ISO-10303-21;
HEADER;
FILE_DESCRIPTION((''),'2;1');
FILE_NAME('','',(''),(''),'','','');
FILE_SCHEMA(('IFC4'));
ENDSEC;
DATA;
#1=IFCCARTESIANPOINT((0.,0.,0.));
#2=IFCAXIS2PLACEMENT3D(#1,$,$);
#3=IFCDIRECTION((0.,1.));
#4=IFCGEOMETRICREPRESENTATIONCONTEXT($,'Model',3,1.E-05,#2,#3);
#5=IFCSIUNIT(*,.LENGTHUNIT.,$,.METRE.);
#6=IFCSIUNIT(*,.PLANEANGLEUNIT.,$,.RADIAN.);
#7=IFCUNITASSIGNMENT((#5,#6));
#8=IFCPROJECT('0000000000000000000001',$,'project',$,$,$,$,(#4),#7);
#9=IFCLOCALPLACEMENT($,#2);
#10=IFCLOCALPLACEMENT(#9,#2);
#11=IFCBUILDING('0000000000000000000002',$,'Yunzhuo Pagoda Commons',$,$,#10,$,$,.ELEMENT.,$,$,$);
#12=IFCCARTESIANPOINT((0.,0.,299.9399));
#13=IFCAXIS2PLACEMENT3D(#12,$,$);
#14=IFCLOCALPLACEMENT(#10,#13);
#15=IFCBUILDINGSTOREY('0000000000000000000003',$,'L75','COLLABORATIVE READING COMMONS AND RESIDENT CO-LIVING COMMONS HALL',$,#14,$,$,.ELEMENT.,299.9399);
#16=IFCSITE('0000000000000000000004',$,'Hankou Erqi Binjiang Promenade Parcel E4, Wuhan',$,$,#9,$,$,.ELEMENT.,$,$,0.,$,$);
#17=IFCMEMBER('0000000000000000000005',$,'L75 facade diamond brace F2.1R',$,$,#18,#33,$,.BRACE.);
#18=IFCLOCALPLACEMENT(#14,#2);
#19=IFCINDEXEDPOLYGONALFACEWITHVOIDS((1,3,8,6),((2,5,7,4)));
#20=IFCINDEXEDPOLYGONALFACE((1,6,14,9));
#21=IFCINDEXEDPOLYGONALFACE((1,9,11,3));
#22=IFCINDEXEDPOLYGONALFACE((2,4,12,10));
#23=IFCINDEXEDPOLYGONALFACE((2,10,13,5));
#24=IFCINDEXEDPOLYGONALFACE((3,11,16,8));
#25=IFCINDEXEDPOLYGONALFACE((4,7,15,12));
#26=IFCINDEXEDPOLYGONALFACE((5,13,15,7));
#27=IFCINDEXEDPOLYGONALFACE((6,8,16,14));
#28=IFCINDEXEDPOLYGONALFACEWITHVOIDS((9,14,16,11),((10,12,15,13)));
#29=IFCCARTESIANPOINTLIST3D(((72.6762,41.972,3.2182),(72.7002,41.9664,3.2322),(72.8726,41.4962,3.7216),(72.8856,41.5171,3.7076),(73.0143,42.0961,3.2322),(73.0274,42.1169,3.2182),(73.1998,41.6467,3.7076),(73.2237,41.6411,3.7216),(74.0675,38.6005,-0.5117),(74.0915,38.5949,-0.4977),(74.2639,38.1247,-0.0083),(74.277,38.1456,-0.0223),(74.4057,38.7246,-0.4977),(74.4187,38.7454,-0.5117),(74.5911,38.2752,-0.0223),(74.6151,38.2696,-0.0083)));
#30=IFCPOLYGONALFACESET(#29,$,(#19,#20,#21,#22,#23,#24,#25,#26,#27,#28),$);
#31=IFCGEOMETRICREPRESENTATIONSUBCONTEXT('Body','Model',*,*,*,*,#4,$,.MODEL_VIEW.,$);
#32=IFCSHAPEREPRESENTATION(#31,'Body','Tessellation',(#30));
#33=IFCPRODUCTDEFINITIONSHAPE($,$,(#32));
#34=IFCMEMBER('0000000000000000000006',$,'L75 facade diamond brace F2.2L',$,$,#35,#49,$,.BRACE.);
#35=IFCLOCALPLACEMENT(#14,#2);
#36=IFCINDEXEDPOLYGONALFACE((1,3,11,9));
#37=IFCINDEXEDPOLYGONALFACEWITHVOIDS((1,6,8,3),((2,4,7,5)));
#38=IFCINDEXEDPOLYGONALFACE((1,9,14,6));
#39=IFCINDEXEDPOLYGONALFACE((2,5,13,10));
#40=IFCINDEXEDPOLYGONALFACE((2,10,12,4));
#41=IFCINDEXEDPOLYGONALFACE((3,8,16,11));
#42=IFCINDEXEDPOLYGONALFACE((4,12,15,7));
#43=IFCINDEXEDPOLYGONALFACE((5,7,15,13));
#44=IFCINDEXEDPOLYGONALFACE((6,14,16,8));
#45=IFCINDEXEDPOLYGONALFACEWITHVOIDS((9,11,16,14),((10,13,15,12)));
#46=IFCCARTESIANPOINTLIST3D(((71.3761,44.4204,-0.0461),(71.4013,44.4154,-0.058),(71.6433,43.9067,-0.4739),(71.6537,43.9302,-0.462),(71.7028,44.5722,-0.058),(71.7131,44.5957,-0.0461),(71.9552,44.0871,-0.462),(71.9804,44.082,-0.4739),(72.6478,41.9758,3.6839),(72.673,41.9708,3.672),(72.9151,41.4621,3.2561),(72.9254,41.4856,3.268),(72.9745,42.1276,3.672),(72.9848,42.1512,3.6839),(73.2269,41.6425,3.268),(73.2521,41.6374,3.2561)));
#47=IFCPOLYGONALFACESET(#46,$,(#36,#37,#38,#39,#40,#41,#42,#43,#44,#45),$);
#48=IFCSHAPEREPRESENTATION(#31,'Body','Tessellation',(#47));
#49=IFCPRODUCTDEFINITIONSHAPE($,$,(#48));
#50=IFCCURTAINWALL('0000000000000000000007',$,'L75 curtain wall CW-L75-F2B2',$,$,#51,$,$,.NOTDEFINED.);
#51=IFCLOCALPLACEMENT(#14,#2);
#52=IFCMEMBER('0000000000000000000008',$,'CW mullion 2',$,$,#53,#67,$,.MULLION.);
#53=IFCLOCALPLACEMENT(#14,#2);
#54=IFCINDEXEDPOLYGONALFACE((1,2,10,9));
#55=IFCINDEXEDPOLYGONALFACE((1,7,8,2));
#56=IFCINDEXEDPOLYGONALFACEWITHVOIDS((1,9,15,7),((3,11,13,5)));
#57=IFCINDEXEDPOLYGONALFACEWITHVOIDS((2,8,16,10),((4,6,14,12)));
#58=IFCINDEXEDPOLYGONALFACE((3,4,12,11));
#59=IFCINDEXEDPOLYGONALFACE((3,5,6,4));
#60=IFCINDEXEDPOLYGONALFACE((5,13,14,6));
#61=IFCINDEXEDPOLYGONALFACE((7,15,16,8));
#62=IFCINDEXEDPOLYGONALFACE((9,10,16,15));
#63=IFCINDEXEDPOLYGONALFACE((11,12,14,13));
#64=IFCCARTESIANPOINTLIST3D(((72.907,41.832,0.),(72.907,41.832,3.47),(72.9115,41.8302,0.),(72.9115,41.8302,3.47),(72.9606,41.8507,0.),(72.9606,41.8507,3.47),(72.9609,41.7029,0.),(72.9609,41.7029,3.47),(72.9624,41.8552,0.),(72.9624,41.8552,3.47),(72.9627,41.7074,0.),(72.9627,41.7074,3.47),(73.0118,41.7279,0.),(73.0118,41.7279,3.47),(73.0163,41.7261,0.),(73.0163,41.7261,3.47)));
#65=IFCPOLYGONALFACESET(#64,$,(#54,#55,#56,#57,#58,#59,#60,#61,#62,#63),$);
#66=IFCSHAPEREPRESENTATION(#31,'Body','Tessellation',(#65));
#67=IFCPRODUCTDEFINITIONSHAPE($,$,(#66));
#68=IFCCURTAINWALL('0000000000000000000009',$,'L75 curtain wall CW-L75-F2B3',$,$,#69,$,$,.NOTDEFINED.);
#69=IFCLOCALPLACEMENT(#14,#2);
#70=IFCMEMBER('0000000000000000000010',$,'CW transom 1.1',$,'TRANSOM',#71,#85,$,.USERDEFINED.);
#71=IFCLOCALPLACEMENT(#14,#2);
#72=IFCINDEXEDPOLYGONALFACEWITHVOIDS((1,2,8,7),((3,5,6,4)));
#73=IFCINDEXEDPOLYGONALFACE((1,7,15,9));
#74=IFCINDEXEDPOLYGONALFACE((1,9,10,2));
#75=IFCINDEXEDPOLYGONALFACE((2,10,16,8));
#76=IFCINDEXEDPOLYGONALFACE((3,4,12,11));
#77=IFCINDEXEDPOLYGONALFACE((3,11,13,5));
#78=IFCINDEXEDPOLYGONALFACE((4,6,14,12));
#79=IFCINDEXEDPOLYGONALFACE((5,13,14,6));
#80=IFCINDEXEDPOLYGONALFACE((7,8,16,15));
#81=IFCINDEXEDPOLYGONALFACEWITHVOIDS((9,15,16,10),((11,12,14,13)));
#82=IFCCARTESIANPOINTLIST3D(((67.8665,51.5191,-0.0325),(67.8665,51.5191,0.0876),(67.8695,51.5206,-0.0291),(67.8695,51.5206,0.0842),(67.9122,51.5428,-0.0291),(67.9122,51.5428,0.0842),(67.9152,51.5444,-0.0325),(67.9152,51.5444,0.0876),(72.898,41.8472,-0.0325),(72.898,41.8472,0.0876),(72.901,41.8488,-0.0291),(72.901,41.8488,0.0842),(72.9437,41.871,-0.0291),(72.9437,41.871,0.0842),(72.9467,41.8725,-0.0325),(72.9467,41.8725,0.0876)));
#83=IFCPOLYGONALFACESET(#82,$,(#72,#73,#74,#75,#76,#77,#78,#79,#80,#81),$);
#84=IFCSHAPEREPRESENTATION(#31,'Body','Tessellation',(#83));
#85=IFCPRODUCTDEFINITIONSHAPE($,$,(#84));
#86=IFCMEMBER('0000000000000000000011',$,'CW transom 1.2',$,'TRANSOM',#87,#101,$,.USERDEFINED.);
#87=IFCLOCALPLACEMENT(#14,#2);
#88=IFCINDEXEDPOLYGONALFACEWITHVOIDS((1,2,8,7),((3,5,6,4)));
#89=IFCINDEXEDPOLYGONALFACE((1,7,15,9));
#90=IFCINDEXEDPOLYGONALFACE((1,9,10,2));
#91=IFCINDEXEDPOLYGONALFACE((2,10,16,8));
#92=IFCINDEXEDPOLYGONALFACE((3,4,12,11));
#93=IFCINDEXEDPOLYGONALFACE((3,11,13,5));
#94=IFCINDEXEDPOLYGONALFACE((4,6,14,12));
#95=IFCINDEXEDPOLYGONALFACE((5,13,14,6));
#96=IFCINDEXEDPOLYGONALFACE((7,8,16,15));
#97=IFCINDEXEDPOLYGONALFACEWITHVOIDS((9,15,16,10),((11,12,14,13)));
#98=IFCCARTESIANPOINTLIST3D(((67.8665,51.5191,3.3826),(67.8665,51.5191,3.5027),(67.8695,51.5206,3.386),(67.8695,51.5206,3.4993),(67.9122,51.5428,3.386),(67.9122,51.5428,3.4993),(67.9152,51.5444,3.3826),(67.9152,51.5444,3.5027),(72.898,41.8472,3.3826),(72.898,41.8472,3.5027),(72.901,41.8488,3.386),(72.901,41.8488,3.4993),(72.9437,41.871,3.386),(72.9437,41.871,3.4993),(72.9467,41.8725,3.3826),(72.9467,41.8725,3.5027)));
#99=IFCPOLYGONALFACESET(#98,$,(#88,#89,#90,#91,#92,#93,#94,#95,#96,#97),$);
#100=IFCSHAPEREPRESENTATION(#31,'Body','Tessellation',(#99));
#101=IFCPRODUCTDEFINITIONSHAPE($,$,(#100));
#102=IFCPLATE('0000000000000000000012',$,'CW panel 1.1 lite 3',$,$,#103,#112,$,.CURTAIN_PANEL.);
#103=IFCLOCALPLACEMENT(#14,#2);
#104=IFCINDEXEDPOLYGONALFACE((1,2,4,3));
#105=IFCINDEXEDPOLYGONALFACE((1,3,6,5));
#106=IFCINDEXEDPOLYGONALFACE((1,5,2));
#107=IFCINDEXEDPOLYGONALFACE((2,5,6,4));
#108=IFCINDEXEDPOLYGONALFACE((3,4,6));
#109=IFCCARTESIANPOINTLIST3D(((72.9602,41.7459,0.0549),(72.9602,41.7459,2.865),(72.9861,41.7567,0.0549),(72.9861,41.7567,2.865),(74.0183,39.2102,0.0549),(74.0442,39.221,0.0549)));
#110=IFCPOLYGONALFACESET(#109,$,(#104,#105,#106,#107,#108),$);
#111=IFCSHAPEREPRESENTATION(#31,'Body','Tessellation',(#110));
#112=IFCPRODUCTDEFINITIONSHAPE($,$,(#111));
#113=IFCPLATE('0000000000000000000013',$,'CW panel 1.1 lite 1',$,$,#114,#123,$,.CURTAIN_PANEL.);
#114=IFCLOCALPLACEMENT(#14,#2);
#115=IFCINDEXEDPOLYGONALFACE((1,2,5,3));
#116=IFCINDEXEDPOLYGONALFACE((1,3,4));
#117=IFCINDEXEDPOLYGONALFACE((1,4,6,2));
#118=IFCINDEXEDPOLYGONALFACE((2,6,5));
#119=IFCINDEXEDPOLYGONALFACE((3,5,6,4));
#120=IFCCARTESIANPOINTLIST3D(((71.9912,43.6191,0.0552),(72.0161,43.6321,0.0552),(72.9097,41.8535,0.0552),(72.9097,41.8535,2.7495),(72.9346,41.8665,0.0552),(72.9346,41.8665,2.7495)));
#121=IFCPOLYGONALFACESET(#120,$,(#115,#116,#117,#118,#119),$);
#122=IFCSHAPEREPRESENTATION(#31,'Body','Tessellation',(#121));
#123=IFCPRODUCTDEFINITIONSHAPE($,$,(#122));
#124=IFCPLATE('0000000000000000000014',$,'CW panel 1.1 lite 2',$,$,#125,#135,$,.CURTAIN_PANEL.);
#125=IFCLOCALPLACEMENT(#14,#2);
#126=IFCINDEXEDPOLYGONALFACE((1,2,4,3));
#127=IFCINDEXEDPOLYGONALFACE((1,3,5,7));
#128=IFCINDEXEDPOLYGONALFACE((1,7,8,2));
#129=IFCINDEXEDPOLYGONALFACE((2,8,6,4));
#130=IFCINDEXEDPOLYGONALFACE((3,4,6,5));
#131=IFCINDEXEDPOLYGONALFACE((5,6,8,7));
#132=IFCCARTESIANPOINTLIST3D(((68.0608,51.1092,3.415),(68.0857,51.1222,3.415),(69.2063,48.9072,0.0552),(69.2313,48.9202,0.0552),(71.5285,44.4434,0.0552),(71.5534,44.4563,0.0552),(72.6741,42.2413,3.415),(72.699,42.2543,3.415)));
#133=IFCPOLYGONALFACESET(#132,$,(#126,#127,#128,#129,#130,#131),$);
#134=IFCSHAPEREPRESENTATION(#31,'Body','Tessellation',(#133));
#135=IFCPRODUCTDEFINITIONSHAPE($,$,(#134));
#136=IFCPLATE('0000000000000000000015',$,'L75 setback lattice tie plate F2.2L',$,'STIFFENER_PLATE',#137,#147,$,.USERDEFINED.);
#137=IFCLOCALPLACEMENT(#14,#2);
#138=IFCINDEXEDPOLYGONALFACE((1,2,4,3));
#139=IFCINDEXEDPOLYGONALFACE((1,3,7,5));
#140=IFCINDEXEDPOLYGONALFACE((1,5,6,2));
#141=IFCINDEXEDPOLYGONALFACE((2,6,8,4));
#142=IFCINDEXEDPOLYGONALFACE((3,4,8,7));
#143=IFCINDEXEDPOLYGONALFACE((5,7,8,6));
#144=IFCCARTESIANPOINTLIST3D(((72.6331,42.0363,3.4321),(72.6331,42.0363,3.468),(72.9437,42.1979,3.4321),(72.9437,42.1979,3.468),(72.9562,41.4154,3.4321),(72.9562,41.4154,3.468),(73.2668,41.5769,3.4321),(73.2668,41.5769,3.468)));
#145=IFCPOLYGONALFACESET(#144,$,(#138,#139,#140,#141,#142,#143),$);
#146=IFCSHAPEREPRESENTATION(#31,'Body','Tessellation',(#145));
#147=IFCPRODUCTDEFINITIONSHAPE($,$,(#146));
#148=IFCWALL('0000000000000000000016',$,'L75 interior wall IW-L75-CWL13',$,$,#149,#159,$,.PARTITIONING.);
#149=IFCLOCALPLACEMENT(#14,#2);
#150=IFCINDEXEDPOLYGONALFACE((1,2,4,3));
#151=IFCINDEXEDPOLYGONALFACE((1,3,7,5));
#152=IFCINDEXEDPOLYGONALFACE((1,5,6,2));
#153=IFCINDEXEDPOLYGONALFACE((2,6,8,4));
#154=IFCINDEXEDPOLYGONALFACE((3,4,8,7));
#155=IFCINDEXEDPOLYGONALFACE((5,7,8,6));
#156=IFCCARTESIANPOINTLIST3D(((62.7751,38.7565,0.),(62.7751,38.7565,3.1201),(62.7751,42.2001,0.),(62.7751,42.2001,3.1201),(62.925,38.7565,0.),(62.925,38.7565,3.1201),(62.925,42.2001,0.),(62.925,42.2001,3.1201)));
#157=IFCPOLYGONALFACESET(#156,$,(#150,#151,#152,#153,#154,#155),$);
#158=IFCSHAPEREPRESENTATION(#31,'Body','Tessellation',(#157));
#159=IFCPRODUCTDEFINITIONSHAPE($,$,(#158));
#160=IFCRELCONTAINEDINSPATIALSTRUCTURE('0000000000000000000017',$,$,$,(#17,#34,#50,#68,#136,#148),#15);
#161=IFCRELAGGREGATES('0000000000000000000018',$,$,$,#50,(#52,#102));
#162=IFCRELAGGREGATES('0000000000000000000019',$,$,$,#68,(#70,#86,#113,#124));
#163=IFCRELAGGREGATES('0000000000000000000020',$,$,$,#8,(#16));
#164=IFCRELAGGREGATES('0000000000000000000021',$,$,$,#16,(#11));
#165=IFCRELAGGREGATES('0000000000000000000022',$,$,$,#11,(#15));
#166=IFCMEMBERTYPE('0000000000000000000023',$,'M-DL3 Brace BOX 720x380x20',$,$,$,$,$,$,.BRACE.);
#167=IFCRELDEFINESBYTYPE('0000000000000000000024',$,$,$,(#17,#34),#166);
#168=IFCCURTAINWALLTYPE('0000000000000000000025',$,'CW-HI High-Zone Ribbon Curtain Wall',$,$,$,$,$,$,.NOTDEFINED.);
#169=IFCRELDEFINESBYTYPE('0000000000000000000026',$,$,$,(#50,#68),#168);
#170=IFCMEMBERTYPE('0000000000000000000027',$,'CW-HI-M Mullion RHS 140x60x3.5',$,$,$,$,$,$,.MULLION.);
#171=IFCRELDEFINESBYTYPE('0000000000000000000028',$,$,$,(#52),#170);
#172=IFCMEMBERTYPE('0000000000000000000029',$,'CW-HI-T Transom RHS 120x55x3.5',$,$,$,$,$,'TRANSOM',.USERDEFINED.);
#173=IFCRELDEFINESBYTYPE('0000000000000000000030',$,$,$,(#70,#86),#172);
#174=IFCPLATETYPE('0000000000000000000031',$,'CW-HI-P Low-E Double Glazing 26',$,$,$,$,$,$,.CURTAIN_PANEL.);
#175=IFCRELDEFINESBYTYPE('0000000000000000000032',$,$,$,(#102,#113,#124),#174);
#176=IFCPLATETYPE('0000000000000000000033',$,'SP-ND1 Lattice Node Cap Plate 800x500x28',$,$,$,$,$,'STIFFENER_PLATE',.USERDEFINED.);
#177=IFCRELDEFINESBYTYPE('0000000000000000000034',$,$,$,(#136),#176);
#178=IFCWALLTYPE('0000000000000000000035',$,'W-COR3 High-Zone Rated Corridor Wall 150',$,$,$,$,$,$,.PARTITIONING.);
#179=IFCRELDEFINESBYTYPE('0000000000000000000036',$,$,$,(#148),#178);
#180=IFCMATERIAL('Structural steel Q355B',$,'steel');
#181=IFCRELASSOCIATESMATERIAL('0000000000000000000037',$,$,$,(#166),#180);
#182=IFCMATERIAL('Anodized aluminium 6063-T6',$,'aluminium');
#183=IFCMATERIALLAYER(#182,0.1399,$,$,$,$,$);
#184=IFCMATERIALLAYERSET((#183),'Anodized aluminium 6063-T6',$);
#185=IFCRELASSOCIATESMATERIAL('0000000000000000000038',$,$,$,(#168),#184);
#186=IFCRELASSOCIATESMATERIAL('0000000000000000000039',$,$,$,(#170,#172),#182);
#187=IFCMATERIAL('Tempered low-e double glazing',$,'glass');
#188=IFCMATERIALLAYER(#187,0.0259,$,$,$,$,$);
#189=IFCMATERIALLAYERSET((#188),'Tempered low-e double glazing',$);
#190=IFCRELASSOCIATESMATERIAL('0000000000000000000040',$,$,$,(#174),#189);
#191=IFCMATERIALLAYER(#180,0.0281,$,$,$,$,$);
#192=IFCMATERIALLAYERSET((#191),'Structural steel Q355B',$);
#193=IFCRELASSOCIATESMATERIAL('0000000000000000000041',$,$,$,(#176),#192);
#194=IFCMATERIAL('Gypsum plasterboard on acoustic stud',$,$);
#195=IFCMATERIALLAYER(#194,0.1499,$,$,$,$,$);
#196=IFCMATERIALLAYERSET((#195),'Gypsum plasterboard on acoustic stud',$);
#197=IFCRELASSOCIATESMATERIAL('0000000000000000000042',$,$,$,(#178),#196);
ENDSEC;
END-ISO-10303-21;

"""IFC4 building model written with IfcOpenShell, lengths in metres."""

from ifc_helpers import new_model, si_unit, direction, frame, frame_2d, origin, origin_2d, place, context, subcontext, project, spatial, polyline, rectangle, hollow_rectangle, outline, extrude, source, transform, mapped, material, layer, layer_set, material_profile, profile_set, type_object, element, aggregate, save


model = new_model("IFC4")

# Units and contexts
model_context = context("Model", 3, precision=1e-05, world=origin(), true_north=direction((0.0, 1.0)))
body_context = subcontext(model_context, "Body", "Model", "MODEL_VIEW")
ifc_project = project(units=[si_unit("LENGTHUNIT", "METRE"), si_unit("PLANEANGLEUNIT", "RADIAN")], contexts=[model_context])

# Site, building, storey
site_placement = place(None, origin())
site = spatial("IfcSite", under=ifc_project, at=site_placement, Name="Hankou Erqi Binjiang Promenade Parcel E4, Wuhan", CompositionType="ELEMENT", RefElevation=0.0)
building_placement = place(site_placement, origin())
building = spatial("IfcBuilding", under=site, at=building_placement, Name="Yunzhuo Pagoda Commons", CompositionType="ELEMENT")
storey_placement = place(building_placement, frame((0.0, 0.0, 299.9399)))
storey = spatial("IfcBuildingStorey", under=building, at=storey_placement, Name="L75", Description="COLLABORATIVE READING COMMONS AND RESIDENT CO-LIVING COMMONS HALL", CompositionType="ELEMENT", Elevation=299.9399)

# Shared definitions
ifc_material_1 = material(Name="Structural steel Q355B", Category="steel")

# Members
ifc_material_profile_1 = material_profile(ifc_material_1, hollow_rectangle(XDim=0.3799, YDim=0.72, WallThickness=0.02, at=origin_2d()), Name="Structural steel Q355B")
ifc_profile_set_1 = profile_set([ifc_material_profile_1], Name="Structural steel Q355B")
member_type_1 = type_object("IfcMemberType", Name="M-DL3 Brace BOX 720x380x20", PredefinedType="BRACE", material=ifc_profile_set_1)
shared_shape_1 = source(origin(), body_context, "Body", "SweptSolid", [
    extrude(hollow_rectangle(XDim=0.3799, YDim=0.72, WallThickness=0.02, at=origin_2d()), origin(), (0.0, 0.0, 1.0), 5.2168),
])
member_1_placement = place(storey_placement, frame((74.3413, 38.4351, -0.26), z_axis=(-0.266701, 0.646279, 0.714978), x_axis=(-0.924383, -0.381467, 0.0)))
element("IfcMember", 1, at=member_1_placement, inside=storey, type_object=member_type_1, Name="L75 facade diamond brace F2.1R", PredefinedType="BRACE", context=body_context, shape_type="MappedRepresentation", body=[
    mapped(shared_shape_1, transform((0.0, 0.0, 0.0), scale=1.0)),
])
shared_shape_2 = source(origin(), body_context, "Body", "SweptSolid", [
    extrude(hollow_rectangle(XDim=0.3799, YDim=0.72, WallThickness=0.02, at=origin_2d()), origin(), (0.0, 0.0, 1.0), 4.6375),
])
member_2_placement = place(storey_placement, frame((71.6782, 44.2512, -0.26), z_axis=(0.27423, -0.527138, 0.804316), x_axis=(0.887136, 0.461509, 0.0)))
element("IfcMember", 2, at=member_2_placement, inside=storey, type_object=member_type_1, Name="L75 facade diamond brace F2.2L", PredefinedType="BRACE", context=body_context, shape_type="MappedRepresentation", body=[
    mapped(shared_shape_2, transform((0.0, 0.0, 0.0), scale=1.0)),
])

# Curtain wall, member
ifc_material_2 = material(Name="Anodized aluminium 6063-T6", Category="aluminium")
ifc_layer_1 = layer(ifc_material_2, 0.1399)
ifc_layer_set_1 = layer_set([ifc_layer_1], Name="Anodized aluminium 6063-T6")
curtain_wall_type = type_object("IfcCurtainWallType", Name="CW-HI High-Zone Ribbon Curtain Wall", PredefinedType="NOTDEFINED", material=ifc_layer_set_1)
curtain_wall_1_placement = place(storey_placement, origin())
curtain_wall_1 = element("IfcCurtainWall", 3, at=curtain_wall_1_placement, inside=storey, type_object=curtain_wall_type, Name="L75 curtain wall CW-L75-F2B2", PredefinedType="NOTDEFINED")
ifc_material_profile_2 = material_profile(ifc_material_2, hollow_rectangle(XDim=0.0601, YDim=0.1399, WallThickness=0.0034, at=origin_2d()), Name="Anodized aluminium 6063-T6")
ifc_profile_set_2 = profile_set([ifc_material_profile_2], Name="Anodized aluminium 6063-T6")
member_type_2 = type_object("IfcMemberType", Name="CW-HI-M Mullion RHS 140x60x3.5", PredefinedType="MULLION", material=ifc_profile_set_2)
shared_shape_3 = source(origin(), body_context, "Body", "SweptSolid", [
    extrude(hollow_rectangle(XDim=0.0601, YDim=0.1399, WallThickness=0.0034, at=origin_2d()), origin(), (0.0, 0.0, 1.0), 3.47),
])
member_3_placement = place(storey_placement, frame((72.9617, 41.7791, 0.0), z_axis=(0.0, 0.0, 1.0), x_axis=(-0.922876, -0.385097, 0.0)))
member_3 = element("IfcMember", 4, at=member_3_placement, type_object=member_type_2, Name="CW mullion 2", PredefinedType="MULLION", context=body_context, shape_type="MappedRepresentation", body=[
    mapped(shared_shape_3, transform((0.0, 0.0, 0.0), scale=1.0)),
])

# Curtain wall, members
curtain_wall_2_placement = place(storey_placement, origin())
curtain_wall_2 = element("IfcCurtainWall", 5, at=curtain_wall_2_placement, inside=storey, type_object=curtain_wall_type, Name="L75 curtain wall CW-L75-F2B3", PredefinedType="NOTDEFINED")
ifc_material_profile_3 = material_profile(ifc_material_2, hollow_rectangle(XDim=0.0549, YDim=0.1201, WallThickness=0.0034, at=origin_2d()), Name="Anodized aluminium 6063-T6")
ifc_profile_set_3 = profile_set([ifc_material_profile_3], Name="Anodized aluminium 6063-T6")
member_type_3 = type_object("IfcMemberType", Name="CW-HI-T Transom RHS 120x55x3.5", ElementType="TRANSOM", PredefinedType="USERDEFINED", material=ifc_profile_set_3)
shared_shape_4 = source(origin(), body_context, "Body", "SweptSolid", [
    extrude(hollow_rectangle(XDim=0.0549, YDim=0.1201, WallThickness=0.0034, at=origin_2d()), origin(), (0.0, 0.0, 1.0), 10.9023),
])
member_4_placement = place(storey_placement, frame((72.9224, 41.8599, 0.0276), z_axis=(-0.461506, 0.887137, 0.0), x_axis=(-0.887137, -0.461506, 0.0)))
member_4 = element("IfcMember", 6, at=member_4_placement, type_object=member_type_3, Name="CW transom 1.1", ObjectType="TRANSOM", PredefinedType="USERDEFINED", context=body_context, shape_type="MappedRepresentation", body=[
    mapped(shared_shape_4, transform((0.0, 0.0, 0.0), scale=1.0)),
])
member_5_placement = place(storey_placement, frame((72.9224, 41.8599, 3.4426), z_axis=(-0.461506, 0.887137, 0.0), x_axis=(-0.887137, -0.461506, 0.0)))
member_5 = element("IfcMember", 7, at=member_5_placement, type_object=member_type_3, Name="CW transom 1.2", ObjectType="TRANSOM", PredefinedType="USERDEFINED", context=body_context, shape_type="MappedRepresentation", body=[
    mapped(shared_shape_4, transform((0.0, 0.0, 0.0), scale=1.0)),
])

# Plates
ifc_material_3 = material(Name="Tempered low-e double glazing", Category="glass")
ifc_layer_2 = layer(ifc_material_3, 0.0259)
ifc_layer_set_2 = layer_set([ifc_layer_2], Name="Tempered low-e double glazing")
plate_type_1 = type_object("IfcPlateType", Name="CW-HI-P Low-E Double Glazing 26", PredefinedType="CURTAIN_PANEL", material=ifc_layer_set_2)
plate_1_placement = place(storey_placement, frame((73.4893, 40.478, 1.46), z_axis=(0.922876, 0.385097, 0.0), x_axis=(-0.385097, 0.922876, 0.0)))
plate_1 = element("IfcPlate", 8, at=plate_1_placement, type_object=plate_type_1, Name="CW panel 1.1 lite 3", PredefinedType="CURTAIN_PANEL", context=body_context, shape_type="SweptSolid", body=[
    extrude(outline(polyline([(-1.3738, -1.405), (1.3738, -1.405), (1.3738, 1.405), (-1.3738, -1.405)])), origin(), (0.0, 0.0, 1.0), 0.0281),
])
aggregate(curtain_wall_1, [member_3, plate_1])
plate_2_placement = place(storey_placement, frame((72.4504, 42.7363, 1.4023), z_axis=(0.887137, 0.461505, 0.0), x_axis=(-0.461505, 0.887137, 0.0)))
plate_2 = element("IfcPlate", 9, at=plate_2_placement, type_object=plate_type_1, Name="CW panel 1.1 lite 1", PredefinedType="CURTAIN_PANEL", context=body_context, shape_type="SweptSolid", body=[
    extrude(outline(polyline([(-0.9951, -1.3472), (0.9951, -1.3472), (-0.9951, 1.3472), (-0.9951, -1.3472)])), origin(), (0.0, 0.0, 1.0), 0.0281),
])
plate_3_placement = place(storey_placement, frame((70.3674, 46.6753, 1.7351), z_axis=(0.887137, 0.461505, 0.0), x_axis=(-0.461505, 0.887137, 0.0)))
plate_3 = element("IfcPlate", 10, at=plate_3_placement, type_object=plate_type_1, Name="CW panel 1.1 lite 2", PredefinedType="CURTAIN_PANEL", context=body_context, shape_type="SweptSolid", body=[
    extrude(outline(polyline([(-4.998, 1.6799), (-2.5159, -1.6799), (2.5159, -1.6799), (4.998, 1.6799), (-4.998, 1.6799)])), origin(), (0.0, 0.0, 1.0), 0.0281),
])
aggregate(curtain_wall_2, [member_4, member_5, plate_2, plate_3])
ifc_layer_3 = layer(ifc_material_1, 0.0281)
ifc_layer_set_3 = layer_set([ifc_layer_3], Name="Structural steel Q355B")
plate_type_2 = type_object("IfcPlateType", Name="SP-ND1 Lattice Node Cap Plate 800x500x28", ElementType="STIFFENER_PLATE", PredefinedType="USERDEFINED", material=ifc_layer_set_3)
shared_shape_5 = source(origin(), body_context, "Body", "SweptSolid", [
    extrude(rectangle(XDim=0.7, YDim=0.3501, at=origin_2d()), origin(), (0.0, 0.0, 1.0), 0.0359),
])
plate_4_placement = place(storey_placement, frame((72.95, 41.8066, 3.4321), z_axis=(0.0, 0.0, 1.0), x_axis=(-0.461501, 0.88714, 0.0)))
element("IfcPlate", 11, at=plate_4_placement, inside=storey, type_object=plate_type_2, Name="L75 setback lattice tie plate F2.2L", ObjectType="STIFFENER_PLATE", PredefinedType="USERDEFINED", context=body_context, shape_type="MappedRepresentation", body=[
    mapped(shared_shape_5, transform((0.0, 0.0, 0.0), scale=1.0)),
])

# Wall
ifc_material_4 = material(Name="Gypsum plasterboard on acoustic stud")
ifc_layer_4 = layer(ifc_material_4, 0.1499)
ifc_layer_set_4 = layer_set([ifc_layer_4], Name="Gypsum plasterboard on acoustic stud")
wall_type_1 = type_object("IfcWallType", Name="W-COR3 High-Zone Rated Corridor Wall 150", PredefinedType="PARTITIONING", material=ifc_layer_set_4)
wall_1_placement = place(storey_placement, frame((62.8501, 42.2, 0.0), z_axis=(0.0, 0.0, 1.0), x_axis=(0.0, -1.0, 0.0)))
element("IfcWall", 12, at=wall_1_placement, inside=storey, type_object=wall_type_1, Name="L75 interior wall IW-L75-CWL13", PredefinedType="PARTITIONING", context=body_context, shape_type="SweptSolid", body=[
    extrude(rectangle(XDim=3.4436, YDim=0.1499, at=frame_2d((1.7217, 0.0))), origin(), (0.0, 0.0, 1.0), 3.1201),
])

save(model, "model.ifc")
